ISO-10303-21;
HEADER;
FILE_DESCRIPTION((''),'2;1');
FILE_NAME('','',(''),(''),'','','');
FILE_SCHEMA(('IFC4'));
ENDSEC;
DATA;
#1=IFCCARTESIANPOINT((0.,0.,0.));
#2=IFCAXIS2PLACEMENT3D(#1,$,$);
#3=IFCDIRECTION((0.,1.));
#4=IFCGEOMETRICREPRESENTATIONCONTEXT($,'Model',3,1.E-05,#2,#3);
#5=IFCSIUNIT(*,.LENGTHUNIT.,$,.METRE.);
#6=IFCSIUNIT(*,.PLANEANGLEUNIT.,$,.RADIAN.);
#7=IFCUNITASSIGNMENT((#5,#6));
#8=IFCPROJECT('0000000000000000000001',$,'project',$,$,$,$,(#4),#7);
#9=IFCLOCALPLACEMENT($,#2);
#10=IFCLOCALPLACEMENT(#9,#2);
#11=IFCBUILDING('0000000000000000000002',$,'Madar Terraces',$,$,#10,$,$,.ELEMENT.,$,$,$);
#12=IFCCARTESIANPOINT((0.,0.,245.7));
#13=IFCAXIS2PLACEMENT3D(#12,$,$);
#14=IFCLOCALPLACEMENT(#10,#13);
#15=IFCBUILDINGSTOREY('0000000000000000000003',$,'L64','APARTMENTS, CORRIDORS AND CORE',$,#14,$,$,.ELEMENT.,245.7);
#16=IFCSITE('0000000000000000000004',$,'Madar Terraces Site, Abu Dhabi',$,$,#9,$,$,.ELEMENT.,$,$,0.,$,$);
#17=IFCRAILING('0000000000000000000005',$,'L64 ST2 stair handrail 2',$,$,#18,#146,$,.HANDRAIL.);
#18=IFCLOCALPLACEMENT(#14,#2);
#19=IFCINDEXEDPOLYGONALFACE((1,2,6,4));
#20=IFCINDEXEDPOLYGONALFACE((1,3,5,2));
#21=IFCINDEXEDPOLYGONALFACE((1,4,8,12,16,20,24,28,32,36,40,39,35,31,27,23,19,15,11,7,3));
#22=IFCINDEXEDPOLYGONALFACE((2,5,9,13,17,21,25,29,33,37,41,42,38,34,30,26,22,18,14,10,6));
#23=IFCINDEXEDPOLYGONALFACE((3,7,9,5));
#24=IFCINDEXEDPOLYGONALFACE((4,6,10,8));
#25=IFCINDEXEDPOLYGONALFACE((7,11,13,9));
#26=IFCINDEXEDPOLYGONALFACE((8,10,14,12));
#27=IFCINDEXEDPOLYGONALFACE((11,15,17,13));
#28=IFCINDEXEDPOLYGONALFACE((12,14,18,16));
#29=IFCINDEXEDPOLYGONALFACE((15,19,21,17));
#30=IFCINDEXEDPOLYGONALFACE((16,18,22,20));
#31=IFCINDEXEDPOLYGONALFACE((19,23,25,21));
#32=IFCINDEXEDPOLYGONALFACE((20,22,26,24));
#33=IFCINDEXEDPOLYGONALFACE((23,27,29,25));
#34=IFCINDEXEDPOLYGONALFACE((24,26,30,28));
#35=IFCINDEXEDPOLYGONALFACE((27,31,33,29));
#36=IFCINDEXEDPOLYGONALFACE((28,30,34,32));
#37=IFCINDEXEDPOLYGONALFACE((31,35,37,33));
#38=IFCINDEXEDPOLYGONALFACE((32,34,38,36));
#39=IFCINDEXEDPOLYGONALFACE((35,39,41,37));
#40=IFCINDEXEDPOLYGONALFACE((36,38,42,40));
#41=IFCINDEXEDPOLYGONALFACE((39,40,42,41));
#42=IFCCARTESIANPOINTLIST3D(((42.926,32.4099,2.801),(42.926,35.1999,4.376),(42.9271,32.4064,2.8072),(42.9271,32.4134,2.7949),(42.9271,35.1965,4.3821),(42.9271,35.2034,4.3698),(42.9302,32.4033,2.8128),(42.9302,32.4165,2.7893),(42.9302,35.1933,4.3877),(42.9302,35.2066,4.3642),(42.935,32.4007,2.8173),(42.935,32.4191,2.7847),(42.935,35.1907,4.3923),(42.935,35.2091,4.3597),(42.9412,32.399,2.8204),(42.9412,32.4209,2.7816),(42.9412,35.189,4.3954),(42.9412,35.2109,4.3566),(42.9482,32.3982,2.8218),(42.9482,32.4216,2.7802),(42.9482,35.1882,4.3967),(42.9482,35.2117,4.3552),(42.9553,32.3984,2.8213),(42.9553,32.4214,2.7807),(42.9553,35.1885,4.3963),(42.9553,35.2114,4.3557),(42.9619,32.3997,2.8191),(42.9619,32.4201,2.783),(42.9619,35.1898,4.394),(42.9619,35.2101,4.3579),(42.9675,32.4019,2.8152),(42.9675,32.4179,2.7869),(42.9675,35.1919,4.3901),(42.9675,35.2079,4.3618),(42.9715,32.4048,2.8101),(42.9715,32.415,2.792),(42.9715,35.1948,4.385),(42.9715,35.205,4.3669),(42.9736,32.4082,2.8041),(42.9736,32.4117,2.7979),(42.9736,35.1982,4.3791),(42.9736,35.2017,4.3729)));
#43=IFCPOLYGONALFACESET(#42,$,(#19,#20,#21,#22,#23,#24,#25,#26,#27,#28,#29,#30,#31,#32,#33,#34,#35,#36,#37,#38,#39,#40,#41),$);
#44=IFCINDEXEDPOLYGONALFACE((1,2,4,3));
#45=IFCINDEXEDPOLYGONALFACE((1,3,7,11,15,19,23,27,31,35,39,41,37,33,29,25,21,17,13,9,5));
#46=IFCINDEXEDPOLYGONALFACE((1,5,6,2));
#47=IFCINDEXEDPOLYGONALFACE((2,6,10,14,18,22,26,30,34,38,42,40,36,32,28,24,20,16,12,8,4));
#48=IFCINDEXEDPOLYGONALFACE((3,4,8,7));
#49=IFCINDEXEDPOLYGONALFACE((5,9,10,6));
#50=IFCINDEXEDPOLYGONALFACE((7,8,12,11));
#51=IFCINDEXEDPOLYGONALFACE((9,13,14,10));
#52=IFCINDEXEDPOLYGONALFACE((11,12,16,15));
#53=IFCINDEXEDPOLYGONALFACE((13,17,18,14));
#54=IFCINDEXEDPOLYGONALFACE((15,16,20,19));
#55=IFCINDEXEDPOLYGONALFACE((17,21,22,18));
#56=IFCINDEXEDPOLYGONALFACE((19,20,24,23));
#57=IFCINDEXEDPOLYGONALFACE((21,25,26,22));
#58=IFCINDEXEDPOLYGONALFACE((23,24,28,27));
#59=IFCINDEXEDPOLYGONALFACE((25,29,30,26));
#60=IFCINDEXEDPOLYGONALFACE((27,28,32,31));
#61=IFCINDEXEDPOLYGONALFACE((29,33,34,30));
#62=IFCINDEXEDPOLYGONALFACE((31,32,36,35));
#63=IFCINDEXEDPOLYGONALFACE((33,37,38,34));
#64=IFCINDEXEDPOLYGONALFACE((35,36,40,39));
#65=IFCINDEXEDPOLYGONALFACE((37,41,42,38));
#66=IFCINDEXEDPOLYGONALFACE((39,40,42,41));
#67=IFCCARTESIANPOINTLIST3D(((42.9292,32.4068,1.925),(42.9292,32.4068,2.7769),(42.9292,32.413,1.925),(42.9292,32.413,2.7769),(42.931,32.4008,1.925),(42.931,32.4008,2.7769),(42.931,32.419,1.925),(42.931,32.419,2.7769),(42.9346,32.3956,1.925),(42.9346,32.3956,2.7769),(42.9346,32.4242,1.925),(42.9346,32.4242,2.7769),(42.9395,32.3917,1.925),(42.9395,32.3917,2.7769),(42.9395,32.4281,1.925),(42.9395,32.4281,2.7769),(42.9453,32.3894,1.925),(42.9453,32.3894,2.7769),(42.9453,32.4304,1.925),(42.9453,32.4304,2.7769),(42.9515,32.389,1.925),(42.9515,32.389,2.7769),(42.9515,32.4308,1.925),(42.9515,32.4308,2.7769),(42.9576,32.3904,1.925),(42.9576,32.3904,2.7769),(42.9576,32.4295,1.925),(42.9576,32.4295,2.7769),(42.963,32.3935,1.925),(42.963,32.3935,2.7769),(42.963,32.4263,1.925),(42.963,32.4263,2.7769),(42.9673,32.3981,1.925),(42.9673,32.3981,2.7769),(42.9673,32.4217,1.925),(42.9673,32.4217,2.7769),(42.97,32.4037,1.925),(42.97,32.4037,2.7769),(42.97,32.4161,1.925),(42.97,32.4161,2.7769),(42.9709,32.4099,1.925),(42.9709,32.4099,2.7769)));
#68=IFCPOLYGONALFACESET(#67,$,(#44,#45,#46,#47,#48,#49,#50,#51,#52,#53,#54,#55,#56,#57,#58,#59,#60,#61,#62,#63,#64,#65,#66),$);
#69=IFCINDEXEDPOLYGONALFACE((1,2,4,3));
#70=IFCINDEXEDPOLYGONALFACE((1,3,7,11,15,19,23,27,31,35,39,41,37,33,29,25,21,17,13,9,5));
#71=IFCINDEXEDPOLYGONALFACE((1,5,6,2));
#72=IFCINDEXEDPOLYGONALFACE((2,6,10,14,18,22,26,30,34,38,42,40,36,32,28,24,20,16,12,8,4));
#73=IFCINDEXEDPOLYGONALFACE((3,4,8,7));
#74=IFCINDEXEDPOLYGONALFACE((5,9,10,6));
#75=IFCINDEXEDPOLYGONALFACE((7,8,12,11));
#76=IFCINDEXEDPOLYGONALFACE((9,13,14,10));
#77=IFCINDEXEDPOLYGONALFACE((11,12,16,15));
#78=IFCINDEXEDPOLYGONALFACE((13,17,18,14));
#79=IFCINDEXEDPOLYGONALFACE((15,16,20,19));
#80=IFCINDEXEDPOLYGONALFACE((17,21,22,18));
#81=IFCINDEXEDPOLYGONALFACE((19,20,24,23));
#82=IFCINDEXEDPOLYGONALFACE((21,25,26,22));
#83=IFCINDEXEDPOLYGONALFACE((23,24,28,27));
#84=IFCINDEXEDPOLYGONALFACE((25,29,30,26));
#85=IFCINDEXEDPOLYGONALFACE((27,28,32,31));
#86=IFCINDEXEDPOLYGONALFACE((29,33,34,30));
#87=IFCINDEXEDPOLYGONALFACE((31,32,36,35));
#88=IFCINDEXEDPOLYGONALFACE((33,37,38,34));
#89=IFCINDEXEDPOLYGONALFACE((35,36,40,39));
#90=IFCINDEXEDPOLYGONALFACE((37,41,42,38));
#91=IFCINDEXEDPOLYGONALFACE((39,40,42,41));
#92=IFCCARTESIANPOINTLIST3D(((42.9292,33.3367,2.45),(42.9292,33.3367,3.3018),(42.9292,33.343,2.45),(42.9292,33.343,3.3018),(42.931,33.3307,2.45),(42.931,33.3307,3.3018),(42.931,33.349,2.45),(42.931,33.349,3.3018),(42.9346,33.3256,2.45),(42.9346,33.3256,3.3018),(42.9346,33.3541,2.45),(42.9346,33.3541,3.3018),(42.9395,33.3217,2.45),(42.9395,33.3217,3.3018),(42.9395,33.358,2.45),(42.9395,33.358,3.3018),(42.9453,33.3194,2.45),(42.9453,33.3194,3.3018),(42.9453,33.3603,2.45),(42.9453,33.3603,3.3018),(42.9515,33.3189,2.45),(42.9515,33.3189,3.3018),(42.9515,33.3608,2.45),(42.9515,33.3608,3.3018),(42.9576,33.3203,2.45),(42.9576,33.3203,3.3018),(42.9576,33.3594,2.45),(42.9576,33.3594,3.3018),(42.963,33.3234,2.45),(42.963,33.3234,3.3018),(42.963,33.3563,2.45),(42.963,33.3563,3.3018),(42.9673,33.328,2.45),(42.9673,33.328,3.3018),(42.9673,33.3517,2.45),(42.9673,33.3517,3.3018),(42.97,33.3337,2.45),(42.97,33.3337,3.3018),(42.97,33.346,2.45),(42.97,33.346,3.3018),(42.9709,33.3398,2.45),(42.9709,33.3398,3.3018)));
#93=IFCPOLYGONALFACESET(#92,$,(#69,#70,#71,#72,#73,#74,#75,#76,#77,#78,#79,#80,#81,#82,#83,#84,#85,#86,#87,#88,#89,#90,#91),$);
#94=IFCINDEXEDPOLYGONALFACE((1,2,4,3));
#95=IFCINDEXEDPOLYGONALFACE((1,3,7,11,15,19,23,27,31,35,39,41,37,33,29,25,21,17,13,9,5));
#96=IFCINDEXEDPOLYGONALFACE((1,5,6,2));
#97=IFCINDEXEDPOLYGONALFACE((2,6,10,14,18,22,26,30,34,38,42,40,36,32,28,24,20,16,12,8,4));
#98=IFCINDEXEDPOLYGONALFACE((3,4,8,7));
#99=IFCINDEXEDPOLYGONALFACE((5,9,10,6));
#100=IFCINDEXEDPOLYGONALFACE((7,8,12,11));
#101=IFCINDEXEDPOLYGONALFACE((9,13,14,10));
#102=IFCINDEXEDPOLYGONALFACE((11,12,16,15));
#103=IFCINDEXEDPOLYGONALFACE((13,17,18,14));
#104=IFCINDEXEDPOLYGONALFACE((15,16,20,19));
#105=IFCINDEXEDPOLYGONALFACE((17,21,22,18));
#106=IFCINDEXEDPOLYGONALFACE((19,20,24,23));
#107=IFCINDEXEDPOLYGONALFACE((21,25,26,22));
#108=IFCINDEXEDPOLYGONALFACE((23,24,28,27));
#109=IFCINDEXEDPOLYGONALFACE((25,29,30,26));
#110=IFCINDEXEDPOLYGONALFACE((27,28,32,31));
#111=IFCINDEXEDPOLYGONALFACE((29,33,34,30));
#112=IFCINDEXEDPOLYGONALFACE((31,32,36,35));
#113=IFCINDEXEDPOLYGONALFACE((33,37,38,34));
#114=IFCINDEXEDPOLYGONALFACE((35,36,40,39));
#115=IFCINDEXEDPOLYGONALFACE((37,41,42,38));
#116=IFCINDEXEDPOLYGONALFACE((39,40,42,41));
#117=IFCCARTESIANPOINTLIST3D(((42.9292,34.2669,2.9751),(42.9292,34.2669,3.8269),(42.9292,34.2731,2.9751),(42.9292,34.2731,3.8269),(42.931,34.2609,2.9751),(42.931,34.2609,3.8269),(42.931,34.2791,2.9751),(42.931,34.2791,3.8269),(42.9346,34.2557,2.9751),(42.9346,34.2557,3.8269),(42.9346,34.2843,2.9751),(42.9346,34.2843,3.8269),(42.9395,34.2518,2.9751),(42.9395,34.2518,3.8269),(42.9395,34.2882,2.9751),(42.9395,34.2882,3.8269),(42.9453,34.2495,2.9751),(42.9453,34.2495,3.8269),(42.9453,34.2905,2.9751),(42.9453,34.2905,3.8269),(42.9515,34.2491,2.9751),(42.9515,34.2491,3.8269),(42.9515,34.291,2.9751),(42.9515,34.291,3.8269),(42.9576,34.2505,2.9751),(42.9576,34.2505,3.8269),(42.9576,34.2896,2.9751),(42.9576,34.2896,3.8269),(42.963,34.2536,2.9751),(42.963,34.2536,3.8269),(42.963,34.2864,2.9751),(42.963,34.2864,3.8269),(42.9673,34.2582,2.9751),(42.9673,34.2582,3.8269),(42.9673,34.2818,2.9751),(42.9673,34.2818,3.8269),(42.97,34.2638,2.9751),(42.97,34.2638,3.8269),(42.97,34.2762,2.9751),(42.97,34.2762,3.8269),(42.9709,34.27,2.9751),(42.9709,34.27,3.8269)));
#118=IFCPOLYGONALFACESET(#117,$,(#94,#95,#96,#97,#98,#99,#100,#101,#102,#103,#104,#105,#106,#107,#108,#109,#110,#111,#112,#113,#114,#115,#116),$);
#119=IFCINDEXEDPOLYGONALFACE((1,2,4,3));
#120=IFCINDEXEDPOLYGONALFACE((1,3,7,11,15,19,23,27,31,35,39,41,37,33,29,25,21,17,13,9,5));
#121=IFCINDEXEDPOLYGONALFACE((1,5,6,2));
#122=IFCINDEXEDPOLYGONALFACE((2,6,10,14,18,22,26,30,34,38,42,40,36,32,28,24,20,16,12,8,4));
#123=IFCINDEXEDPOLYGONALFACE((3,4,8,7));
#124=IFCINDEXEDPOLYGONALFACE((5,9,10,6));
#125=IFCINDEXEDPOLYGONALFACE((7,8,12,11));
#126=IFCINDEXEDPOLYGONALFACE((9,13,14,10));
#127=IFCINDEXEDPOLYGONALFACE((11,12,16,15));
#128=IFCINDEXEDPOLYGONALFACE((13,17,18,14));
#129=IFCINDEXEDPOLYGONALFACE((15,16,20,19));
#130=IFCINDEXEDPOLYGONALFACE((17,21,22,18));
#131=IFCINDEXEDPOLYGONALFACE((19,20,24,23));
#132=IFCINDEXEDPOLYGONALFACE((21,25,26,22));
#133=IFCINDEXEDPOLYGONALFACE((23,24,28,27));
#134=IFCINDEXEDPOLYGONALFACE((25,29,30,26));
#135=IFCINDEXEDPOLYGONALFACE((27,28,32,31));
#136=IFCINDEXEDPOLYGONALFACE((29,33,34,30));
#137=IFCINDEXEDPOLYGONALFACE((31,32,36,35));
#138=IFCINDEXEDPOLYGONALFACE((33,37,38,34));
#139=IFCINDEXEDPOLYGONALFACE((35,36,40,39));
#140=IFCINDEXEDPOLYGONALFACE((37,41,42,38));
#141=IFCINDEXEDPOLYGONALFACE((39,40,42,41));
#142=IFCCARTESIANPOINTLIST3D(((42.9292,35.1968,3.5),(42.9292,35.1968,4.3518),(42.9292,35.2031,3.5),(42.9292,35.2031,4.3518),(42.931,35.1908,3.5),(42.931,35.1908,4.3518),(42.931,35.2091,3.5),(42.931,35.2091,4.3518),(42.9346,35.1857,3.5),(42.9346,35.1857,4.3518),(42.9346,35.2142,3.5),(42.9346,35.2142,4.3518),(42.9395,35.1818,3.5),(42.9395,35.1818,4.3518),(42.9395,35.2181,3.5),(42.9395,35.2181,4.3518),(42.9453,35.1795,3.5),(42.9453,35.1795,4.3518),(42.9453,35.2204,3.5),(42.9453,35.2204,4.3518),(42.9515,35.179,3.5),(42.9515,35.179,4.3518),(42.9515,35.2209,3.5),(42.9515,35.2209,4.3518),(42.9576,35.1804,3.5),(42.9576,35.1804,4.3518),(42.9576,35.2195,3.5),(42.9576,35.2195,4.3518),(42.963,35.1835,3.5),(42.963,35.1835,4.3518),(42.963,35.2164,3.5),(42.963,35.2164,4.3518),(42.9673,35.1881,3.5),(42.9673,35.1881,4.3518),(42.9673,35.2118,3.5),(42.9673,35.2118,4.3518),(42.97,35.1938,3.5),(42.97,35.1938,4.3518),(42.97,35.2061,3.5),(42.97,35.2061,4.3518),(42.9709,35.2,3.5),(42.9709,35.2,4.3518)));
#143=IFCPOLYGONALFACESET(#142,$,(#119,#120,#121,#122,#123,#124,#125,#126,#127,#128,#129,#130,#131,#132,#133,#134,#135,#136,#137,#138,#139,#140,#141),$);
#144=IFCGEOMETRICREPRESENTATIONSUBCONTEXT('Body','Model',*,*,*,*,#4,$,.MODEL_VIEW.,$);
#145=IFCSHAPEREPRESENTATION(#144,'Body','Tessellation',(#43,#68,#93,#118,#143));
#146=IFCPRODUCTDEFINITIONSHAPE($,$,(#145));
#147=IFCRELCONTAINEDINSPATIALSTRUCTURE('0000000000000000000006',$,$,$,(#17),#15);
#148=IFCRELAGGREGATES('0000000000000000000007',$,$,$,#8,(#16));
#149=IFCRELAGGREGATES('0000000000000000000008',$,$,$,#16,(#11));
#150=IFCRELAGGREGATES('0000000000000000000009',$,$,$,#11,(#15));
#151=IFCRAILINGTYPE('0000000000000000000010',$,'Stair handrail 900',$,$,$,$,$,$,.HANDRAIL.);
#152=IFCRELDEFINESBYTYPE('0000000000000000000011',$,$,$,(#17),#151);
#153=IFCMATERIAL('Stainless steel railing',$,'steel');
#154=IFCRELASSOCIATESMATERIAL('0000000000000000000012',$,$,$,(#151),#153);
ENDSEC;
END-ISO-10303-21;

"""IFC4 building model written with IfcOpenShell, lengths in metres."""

from ifc_helpers import new_model, si_unit, direction, frame, origin, origin_2d, place, context, subcontext, project, spatial, circle, extrude, material, type_object, element, save


model = new_model("IFC4")

# Units and contexts
model_context = context("Model", 3, precision=1e-05, world=origin(), true_north=direction((0.0, 1.0)))
body_context = subcontext(model_context, "Body", "Model", "MODEL_VIEW")
ifc_project = project(units=[si_unit("LENGTHUNIT", "METRE"), si_unit("PLANEANGLEUNIT", "RADIAN")], contexts=[model_context])

# Site, building, storey
site_placement = place(None, origin())
site = spatial("IfcSite", under=ifc_project, at=site_placement, Name="Madar Terraces Site, Abu Dhabi", CompositionType="ELEMENT", RefElevation=0.0)
building_placement = place(site_placement, origin())
building = spatial("IfcBuilding", under=site, at=building_placement, Name="Madar Terraces", CompositionType="ELEMENT")
storey_placement = place(building_placement, frame((0.0, 0.0, 245.7)))
storey = spatial("IfcBuildingStorey", under=building, at=storey_placement, Name="L64", Description="APARTMENTS, CORRIDORS AND CORE", CompositionType="ELEMENT", Elevation=245.7)

# Railing
ifc_material_1 = material(Name="Stainless steel railing", Category="steel")
railing_type_1 = type_object("IfcRailingType", Name="Stair handrail 900", PredefinedType="HANDRAIL", material=ifc_material_1)
railing_1_placement = place(storey_placement, frame((42.95, 32.4099, 1.925)))
element("IfcRailing", 1, at=railing_1_placement, inside=storey, type_object=railing_type_1, Name="L64 ST2 stair handrail 2", PredefinedType="HANDRAIL", context=body_context, shape_type="SweptSolid", body=[
    extrude(circle(Radius=0.0239, at=origin_2d()), frame((0.0, 0.0, 0.876), z_axis=(0.0, 0.870834, 0.491578), x_axis=(-1.0, 0.0, 0.0)), (0.0, 0.0, 1.0), 3.2039),
    extrude(circle(Radius=0.021, at=origin_2d()), origin(), (0.0, 0.0, 1.0), 0.8518),
    extrude(circle(Radius=0.021, at=origin_2d()), frame((0.0, 0.9299, 0.5249)), (0.0, 0.0, 1.0), 0.8518),
    extrude(circle(Radius=0.021, at=origin_2d()), frame((0.0, 1.8601, 1.05)), (0.0, 0.0, 1.0), 0.8518),
    extrude(circle(Radius=0.021, at=origin_2d()), frame((0.0, 2.79, 1.575)), (0.0, 0.0, 1.0), 0.8518),
])

save(model, "model.ifc")
